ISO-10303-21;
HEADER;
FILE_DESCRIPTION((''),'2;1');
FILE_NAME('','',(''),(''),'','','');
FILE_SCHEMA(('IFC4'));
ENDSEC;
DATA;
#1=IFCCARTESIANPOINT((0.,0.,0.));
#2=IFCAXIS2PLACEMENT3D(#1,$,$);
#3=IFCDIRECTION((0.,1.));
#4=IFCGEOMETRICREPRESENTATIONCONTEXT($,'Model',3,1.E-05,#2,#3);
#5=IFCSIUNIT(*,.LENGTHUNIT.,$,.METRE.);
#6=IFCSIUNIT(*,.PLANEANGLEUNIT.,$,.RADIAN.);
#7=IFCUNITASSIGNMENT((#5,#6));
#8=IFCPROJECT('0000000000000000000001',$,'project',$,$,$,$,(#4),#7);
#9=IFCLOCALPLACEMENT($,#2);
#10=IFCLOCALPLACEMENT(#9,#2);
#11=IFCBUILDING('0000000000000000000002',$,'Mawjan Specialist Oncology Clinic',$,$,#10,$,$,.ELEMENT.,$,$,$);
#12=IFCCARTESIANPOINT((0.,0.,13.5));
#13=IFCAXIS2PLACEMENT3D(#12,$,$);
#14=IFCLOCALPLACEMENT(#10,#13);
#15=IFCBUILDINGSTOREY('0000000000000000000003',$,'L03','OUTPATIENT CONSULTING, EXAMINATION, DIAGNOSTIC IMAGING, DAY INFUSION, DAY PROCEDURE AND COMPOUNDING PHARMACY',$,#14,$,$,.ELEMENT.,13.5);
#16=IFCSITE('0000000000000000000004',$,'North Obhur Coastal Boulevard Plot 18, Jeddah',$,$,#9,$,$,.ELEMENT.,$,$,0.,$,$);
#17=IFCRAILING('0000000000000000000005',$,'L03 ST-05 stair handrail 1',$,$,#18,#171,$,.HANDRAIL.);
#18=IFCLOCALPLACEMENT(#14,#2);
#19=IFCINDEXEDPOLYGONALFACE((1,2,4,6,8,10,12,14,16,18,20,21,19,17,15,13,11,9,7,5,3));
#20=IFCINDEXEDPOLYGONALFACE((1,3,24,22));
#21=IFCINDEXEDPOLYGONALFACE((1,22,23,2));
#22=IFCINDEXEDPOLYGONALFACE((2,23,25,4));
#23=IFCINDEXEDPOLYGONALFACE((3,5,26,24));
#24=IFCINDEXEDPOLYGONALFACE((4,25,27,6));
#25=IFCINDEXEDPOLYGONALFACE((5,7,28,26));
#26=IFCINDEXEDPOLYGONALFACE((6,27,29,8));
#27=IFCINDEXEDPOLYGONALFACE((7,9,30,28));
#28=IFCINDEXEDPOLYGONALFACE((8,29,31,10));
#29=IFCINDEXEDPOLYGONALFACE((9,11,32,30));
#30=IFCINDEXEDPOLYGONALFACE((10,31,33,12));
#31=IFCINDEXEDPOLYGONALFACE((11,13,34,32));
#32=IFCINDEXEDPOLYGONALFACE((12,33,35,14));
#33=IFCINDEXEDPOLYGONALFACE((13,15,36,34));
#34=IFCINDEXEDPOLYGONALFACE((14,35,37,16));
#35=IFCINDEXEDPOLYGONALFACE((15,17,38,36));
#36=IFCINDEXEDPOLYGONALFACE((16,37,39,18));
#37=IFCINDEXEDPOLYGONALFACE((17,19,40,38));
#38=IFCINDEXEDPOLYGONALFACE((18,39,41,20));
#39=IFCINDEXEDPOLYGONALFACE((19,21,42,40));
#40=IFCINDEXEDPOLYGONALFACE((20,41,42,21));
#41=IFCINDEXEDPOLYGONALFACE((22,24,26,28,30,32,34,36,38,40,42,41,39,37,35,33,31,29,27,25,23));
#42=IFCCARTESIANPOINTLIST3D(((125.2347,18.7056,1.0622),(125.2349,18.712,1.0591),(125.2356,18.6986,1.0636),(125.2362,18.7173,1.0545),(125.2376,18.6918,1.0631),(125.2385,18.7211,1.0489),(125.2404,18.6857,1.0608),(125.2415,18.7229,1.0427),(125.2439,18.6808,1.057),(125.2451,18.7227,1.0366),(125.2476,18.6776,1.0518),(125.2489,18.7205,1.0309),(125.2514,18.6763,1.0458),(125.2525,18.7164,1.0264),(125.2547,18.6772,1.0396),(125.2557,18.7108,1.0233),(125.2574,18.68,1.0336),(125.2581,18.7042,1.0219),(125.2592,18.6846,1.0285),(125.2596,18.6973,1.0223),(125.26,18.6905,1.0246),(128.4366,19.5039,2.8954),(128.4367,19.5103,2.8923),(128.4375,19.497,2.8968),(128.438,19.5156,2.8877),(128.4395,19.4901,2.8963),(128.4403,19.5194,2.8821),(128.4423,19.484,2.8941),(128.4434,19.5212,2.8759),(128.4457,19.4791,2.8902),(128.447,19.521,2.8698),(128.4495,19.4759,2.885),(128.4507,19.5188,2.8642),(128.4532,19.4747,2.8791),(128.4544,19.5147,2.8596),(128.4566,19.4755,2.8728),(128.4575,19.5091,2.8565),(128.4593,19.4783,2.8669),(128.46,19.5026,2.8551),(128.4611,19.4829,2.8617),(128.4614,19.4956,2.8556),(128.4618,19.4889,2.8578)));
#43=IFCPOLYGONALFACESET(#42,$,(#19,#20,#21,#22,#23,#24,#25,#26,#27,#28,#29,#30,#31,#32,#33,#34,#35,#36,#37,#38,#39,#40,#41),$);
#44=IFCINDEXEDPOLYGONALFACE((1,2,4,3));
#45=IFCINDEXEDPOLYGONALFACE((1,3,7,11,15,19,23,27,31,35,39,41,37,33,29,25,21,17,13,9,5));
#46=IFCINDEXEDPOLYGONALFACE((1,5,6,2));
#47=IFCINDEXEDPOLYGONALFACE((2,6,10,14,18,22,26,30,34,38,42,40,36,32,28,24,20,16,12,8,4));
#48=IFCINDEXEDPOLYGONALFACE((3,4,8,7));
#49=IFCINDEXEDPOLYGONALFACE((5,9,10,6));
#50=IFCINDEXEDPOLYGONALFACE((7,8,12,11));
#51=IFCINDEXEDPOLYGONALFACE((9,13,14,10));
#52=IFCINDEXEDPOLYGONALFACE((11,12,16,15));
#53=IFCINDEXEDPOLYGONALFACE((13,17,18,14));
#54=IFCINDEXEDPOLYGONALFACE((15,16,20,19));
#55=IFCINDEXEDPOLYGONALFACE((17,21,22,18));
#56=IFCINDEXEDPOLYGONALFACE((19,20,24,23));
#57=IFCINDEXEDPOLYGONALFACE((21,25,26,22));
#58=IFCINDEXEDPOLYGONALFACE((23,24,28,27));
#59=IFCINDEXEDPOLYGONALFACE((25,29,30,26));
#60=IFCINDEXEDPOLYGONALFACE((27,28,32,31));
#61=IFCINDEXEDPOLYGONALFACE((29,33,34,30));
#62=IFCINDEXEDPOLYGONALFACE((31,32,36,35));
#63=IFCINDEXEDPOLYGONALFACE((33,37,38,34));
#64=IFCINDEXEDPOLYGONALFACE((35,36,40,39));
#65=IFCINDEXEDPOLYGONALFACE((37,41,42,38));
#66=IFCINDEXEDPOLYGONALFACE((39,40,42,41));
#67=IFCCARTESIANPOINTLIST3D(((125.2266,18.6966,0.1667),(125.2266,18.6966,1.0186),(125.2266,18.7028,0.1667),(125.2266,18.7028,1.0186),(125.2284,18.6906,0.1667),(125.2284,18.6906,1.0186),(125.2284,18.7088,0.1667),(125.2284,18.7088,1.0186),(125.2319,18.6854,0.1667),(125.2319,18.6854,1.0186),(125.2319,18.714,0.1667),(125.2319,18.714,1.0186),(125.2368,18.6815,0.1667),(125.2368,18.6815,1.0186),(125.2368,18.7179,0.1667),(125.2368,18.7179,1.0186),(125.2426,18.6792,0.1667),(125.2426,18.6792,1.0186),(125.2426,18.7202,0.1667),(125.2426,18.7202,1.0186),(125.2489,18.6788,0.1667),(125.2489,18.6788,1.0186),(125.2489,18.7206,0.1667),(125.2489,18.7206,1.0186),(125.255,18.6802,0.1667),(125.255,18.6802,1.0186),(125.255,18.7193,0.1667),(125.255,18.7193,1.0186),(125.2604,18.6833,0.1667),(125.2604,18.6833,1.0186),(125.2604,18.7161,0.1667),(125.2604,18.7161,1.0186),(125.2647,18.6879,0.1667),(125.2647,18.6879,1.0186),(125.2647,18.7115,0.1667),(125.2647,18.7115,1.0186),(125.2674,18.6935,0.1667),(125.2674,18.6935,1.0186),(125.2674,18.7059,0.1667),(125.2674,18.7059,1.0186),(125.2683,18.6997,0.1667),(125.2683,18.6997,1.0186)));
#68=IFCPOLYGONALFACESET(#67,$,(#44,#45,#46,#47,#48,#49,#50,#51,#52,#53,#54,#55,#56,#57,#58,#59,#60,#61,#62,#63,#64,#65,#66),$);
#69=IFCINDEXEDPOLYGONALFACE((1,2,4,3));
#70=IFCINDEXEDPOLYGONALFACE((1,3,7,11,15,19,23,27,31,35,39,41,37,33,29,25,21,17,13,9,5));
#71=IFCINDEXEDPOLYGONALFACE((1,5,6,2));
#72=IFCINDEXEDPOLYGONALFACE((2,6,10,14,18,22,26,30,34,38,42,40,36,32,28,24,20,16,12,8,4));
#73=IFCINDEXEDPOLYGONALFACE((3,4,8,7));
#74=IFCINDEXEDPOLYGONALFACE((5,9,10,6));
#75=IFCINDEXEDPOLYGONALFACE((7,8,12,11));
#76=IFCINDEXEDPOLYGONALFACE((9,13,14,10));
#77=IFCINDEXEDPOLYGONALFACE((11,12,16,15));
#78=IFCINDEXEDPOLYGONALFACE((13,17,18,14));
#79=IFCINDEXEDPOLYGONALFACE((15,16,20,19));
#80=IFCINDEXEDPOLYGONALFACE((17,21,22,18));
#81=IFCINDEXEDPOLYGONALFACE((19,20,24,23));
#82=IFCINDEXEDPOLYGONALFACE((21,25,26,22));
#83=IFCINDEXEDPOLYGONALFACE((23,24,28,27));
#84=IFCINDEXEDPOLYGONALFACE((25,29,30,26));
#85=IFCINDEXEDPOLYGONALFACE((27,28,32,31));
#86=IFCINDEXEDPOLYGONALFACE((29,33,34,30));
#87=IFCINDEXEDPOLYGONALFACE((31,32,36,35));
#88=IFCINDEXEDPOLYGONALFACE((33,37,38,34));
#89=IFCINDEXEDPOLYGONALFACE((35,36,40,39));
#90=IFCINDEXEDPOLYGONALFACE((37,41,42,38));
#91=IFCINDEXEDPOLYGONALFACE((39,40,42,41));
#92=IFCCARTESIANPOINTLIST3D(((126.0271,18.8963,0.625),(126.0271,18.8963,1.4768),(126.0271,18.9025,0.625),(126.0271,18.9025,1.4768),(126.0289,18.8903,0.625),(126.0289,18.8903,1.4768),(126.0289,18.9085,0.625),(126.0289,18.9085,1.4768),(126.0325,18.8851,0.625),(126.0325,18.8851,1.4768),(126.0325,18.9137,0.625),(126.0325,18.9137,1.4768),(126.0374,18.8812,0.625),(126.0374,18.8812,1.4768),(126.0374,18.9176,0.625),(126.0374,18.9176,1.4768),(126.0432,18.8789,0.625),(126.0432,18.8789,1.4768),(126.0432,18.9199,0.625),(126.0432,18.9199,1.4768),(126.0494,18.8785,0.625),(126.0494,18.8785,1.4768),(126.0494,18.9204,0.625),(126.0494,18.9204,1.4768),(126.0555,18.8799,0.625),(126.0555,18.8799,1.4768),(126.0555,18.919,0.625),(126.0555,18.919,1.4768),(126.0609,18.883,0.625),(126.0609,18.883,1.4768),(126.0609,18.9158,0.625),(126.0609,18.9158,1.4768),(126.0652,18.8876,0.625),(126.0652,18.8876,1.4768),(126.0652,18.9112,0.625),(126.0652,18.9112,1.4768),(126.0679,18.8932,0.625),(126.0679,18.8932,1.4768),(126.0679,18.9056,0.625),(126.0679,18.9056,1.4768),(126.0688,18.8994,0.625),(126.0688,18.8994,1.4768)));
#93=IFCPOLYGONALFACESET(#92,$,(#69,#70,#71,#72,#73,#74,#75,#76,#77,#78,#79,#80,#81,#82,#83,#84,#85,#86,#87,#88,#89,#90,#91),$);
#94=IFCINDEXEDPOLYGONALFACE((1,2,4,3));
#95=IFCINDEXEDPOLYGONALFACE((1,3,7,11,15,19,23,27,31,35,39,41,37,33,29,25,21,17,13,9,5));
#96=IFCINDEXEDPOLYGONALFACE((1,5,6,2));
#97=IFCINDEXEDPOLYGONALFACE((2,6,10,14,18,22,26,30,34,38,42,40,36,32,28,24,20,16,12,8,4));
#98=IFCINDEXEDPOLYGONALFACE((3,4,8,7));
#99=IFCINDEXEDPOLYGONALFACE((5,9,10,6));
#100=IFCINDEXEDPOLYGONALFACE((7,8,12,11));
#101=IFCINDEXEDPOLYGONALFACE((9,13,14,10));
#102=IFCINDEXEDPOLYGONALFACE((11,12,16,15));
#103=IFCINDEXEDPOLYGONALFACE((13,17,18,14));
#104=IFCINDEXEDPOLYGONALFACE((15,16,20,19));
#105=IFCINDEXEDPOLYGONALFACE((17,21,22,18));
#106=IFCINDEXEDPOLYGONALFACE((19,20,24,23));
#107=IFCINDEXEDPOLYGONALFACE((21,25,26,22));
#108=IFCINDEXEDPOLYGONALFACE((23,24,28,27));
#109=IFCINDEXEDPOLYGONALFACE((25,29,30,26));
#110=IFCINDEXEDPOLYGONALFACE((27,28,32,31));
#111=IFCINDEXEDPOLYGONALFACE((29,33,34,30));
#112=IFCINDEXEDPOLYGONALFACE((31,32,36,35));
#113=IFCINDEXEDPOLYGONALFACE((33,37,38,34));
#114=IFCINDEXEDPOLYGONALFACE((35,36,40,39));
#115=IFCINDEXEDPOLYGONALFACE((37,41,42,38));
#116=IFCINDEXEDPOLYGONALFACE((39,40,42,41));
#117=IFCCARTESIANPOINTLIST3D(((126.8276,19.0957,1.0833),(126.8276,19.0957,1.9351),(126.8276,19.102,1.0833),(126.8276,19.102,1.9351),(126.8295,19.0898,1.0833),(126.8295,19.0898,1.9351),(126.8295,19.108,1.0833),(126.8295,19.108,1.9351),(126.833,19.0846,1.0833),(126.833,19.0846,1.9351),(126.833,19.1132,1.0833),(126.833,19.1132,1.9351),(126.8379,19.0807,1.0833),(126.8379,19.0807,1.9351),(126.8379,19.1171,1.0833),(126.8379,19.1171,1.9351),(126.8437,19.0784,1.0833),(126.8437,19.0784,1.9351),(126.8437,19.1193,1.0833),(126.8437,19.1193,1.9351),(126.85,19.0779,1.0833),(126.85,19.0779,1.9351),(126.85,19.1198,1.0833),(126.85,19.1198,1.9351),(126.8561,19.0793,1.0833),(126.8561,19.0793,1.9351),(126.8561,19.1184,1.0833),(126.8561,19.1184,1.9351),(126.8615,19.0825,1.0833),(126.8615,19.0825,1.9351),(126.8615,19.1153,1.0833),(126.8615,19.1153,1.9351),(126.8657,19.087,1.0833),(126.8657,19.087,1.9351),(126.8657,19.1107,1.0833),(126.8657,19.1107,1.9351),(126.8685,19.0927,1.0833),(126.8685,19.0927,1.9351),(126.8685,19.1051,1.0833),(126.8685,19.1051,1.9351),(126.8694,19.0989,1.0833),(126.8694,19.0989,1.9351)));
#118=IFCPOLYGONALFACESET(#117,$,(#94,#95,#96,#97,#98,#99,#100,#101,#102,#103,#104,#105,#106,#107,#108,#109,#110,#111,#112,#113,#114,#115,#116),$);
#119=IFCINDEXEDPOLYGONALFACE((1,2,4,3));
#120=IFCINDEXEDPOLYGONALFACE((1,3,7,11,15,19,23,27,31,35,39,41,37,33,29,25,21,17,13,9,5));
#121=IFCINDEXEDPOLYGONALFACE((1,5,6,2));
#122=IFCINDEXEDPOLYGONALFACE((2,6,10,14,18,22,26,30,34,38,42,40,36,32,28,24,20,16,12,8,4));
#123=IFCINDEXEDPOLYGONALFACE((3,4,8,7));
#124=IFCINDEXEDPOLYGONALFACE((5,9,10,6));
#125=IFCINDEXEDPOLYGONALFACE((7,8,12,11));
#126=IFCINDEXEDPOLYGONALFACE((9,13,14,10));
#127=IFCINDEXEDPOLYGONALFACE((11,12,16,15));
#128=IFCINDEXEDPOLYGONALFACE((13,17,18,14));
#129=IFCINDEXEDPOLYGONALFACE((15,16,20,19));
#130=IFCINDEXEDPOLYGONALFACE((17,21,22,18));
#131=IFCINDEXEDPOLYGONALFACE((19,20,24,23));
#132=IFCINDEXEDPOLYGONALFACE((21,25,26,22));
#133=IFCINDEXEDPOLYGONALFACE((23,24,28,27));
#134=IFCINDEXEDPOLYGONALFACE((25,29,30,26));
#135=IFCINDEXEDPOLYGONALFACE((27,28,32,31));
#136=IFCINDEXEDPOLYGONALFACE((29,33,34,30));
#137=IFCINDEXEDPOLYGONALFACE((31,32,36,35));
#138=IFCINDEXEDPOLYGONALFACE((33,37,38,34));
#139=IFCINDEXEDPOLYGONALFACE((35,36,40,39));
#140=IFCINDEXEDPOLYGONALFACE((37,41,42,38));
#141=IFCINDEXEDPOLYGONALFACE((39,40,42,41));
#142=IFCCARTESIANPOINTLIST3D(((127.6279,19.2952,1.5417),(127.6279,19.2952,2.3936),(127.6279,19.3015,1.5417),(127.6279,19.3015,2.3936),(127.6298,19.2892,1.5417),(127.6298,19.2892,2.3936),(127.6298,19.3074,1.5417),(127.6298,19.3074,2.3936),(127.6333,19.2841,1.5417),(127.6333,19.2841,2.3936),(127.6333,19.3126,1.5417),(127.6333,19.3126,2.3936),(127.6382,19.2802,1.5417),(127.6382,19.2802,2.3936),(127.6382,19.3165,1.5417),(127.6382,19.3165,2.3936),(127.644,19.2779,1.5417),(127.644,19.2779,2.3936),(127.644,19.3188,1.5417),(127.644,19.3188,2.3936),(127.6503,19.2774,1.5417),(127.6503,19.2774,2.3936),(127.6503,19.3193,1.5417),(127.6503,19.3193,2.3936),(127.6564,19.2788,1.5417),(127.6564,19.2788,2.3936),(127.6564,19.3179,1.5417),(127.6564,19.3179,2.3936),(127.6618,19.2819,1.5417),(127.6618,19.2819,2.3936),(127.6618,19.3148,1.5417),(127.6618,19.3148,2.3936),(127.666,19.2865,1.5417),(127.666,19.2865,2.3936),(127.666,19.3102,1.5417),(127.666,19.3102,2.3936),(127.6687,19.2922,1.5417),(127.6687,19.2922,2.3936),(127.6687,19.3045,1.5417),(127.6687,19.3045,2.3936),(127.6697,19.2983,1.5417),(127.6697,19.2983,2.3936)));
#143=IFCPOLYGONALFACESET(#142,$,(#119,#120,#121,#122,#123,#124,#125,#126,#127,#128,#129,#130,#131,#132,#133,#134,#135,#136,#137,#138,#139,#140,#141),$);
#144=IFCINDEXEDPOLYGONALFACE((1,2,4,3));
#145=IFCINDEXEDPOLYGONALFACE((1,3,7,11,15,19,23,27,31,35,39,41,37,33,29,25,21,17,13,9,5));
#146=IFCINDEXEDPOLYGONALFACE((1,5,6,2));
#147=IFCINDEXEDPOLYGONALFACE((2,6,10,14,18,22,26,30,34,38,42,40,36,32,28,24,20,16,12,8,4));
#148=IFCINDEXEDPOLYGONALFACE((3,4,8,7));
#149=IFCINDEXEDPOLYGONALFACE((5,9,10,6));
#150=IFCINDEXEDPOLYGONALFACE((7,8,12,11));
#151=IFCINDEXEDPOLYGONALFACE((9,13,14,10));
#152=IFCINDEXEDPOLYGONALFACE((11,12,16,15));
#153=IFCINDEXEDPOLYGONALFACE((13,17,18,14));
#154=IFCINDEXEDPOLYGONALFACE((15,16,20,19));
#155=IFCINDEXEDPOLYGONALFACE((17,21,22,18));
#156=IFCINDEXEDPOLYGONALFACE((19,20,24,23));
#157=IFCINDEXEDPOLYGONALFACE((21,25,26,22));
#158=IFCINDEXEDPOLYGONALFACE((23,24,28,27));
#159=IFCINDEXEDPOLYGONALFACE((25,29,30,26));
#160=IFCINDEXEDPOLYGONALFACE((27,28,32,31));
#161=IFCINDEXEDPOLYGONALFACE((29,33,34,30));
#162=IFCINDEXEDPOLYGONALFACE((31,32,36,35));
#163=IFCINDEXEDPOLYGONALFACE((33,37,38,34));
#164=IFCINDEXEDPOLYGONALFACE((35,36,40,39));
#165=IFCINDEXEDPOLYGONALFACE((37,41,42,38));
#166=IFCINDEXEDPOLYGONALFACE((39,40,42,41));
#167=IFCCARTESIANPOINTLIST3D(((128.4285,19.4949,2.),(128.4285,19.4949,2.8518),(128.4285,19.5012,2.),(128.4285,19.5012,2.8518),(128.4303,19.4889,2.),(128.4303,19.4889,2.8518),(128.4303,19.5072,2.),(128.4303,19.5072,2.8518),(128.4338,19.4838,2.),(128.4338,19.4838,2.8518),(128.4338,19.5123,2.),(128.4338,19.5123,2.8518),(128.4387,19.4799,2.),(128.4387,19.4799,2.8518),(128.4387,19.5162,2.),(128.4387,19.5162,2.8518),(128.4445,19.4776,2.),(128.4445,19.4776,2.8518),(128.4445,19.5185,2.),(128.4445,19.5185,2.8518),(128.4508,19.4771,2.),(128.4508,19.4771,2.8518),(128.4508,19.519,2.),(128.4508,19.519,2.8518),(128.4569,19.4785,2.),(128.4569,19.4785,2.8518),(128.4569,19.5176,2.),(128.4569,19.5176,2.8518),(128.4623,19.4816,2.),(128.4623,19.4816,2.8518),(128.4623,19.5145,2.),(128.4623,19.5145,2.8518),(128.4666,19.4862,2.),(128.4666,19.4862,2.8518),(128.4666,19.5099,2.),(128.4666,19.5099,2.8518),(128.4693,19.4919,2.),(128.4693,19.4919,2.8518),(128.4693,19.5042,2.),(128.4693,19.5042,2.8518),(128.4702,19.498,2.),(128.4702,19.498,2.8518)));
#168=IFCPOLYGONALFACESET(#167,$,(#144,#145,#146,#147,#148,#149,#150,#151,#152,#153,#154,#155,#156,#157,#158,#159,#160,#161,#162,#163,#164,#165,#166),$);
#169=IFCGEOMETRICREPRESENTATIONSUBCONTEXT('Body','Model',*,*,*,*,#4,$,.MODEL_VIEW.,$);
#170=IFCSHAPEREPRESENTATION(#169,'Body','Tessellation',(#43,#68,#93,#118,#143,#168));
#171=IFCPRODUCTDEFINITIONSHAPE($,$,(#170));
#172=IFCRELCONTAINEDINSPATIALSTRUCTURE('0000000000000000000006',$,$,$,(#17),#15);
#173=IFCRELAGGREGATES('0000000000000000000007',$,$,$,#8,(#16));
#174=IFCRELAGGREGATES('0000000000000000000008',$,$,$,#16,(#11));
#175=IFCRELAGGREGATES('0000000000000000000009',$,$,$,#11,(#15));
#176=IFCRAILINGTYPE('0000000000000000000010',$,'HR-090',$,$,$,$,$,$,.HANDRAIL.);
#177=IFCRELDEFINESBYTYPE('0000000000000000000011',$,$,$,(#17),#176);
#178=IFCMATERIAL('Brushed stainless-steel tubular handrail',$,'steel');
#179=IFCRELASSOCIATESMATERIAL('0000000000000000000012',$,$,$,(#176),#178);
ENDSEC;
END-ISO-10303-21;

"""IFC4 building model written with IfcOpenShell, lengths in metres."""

from ifc_helpers import new_model, si_unit, direction, frame, origin, origin_2d, place, context, subcontext, project, spatial, circle, extrude, material, type_object, element, save


model = new_model("IFC4")

# Units and contexts
model_context = context("Model", 3, precision=1e-05, world=origin(), true_north=direction((0.0, 1.0)))
body_context = subcontext(model_context, "Body", "Model", "MODEL_VIEW")
ifc_project = project(units=[si_unit("LENGTHUNIT", "METRE"), si_unit("PLANEANGLEUNIT", "RADIAN")], contexts=[model_context])

# Site, building, storey
site_placement = place(None, origin())
site = spatial("IfcSite", under=ifc_project, at=site_placement, Name="North Obhur Coastal Boulevard Plot 18, Jeddah", CompositionType="ELEMENT", RefElevation=0.0)
building_placement = place(site_placement, origin())
building = spatial("IfcBuilding", under=site, at=building_placement, Name="Mawjan Specialist Oncology Clinic", CompositionType="ELEMENT")
storey_placement = place(building_placement, frame((0.0, 0.0, 13.5)))
storey = spatial("IfcBuildingStorey", under=building, at=storey_placement, Name="L03", Description="OUTPATIENT CONSULTING, EXAMINATION, DIAGNOSTIC IMAGING, DAY INFUSION, DAY PROCEDURE AND COMPOUNDING PHARMACY", CompositionType="ELEMENT", Elevation=13.5)

# Railing
ifc_material_1 = material(Name="Brushed stainless-steel tubular handrail", Category="steel")
railing_type_1 = type_object("IfcRailingType", Name="HR-090", PredefinedType="HANDRAIL", material=ifc_material_1)
railing_1_placement = place(storey_placement, frame((125.2473, 18.6997, 0.1667)))
element("IfcRailing", 1, at=railing_1_placement, inside=storey, type_object=railing_type_1, Name="L03 ST-05 stair handrail 1", PredefinedType="HANDRAIL", context=body_context, shape_type="SweptSolid", body=[
    extrude(circle(Radius=0.0239, at=origin_2d()), frame((0.0, 0.0, 0.876), z_axis=(0.848195, 0.211483, 0.485634), x_axis=(-0.241926, 0.970295, 0.0)), (0.0, 0.0, 1.0), 3.7749),
    extrude(circle(Radius=0.021, at=origin_2d()), origin(), (0.0, 0.0, 1.0), 0.8518),
    extrude(circle(Radius=0.021, at=origin_2d()), frame((0.8005, 0.1997, 0.4583)), (0.0, 0.0, 1.0), 0.8518),
    extrude(circle(Radius=0.021, at=origin_2d()), frame((1.6011, 0.3992, 0.9165)), (0.0, 0.0, 1.0), 0.8518),
    extrude(circle(Radius=0.021, at=origin_2d()), frame((2.4014, 0.5986, 1.375)), (0.0, 0.0, 1.0), 0.8518),
    extrude(circle(Radius=0.021, at=origin_2d()), frame((3.2019, 0.7983, 1.8333)), (0.0, 0.0, 1.0), 0.8518),
])

save(model, "model.ifc")
